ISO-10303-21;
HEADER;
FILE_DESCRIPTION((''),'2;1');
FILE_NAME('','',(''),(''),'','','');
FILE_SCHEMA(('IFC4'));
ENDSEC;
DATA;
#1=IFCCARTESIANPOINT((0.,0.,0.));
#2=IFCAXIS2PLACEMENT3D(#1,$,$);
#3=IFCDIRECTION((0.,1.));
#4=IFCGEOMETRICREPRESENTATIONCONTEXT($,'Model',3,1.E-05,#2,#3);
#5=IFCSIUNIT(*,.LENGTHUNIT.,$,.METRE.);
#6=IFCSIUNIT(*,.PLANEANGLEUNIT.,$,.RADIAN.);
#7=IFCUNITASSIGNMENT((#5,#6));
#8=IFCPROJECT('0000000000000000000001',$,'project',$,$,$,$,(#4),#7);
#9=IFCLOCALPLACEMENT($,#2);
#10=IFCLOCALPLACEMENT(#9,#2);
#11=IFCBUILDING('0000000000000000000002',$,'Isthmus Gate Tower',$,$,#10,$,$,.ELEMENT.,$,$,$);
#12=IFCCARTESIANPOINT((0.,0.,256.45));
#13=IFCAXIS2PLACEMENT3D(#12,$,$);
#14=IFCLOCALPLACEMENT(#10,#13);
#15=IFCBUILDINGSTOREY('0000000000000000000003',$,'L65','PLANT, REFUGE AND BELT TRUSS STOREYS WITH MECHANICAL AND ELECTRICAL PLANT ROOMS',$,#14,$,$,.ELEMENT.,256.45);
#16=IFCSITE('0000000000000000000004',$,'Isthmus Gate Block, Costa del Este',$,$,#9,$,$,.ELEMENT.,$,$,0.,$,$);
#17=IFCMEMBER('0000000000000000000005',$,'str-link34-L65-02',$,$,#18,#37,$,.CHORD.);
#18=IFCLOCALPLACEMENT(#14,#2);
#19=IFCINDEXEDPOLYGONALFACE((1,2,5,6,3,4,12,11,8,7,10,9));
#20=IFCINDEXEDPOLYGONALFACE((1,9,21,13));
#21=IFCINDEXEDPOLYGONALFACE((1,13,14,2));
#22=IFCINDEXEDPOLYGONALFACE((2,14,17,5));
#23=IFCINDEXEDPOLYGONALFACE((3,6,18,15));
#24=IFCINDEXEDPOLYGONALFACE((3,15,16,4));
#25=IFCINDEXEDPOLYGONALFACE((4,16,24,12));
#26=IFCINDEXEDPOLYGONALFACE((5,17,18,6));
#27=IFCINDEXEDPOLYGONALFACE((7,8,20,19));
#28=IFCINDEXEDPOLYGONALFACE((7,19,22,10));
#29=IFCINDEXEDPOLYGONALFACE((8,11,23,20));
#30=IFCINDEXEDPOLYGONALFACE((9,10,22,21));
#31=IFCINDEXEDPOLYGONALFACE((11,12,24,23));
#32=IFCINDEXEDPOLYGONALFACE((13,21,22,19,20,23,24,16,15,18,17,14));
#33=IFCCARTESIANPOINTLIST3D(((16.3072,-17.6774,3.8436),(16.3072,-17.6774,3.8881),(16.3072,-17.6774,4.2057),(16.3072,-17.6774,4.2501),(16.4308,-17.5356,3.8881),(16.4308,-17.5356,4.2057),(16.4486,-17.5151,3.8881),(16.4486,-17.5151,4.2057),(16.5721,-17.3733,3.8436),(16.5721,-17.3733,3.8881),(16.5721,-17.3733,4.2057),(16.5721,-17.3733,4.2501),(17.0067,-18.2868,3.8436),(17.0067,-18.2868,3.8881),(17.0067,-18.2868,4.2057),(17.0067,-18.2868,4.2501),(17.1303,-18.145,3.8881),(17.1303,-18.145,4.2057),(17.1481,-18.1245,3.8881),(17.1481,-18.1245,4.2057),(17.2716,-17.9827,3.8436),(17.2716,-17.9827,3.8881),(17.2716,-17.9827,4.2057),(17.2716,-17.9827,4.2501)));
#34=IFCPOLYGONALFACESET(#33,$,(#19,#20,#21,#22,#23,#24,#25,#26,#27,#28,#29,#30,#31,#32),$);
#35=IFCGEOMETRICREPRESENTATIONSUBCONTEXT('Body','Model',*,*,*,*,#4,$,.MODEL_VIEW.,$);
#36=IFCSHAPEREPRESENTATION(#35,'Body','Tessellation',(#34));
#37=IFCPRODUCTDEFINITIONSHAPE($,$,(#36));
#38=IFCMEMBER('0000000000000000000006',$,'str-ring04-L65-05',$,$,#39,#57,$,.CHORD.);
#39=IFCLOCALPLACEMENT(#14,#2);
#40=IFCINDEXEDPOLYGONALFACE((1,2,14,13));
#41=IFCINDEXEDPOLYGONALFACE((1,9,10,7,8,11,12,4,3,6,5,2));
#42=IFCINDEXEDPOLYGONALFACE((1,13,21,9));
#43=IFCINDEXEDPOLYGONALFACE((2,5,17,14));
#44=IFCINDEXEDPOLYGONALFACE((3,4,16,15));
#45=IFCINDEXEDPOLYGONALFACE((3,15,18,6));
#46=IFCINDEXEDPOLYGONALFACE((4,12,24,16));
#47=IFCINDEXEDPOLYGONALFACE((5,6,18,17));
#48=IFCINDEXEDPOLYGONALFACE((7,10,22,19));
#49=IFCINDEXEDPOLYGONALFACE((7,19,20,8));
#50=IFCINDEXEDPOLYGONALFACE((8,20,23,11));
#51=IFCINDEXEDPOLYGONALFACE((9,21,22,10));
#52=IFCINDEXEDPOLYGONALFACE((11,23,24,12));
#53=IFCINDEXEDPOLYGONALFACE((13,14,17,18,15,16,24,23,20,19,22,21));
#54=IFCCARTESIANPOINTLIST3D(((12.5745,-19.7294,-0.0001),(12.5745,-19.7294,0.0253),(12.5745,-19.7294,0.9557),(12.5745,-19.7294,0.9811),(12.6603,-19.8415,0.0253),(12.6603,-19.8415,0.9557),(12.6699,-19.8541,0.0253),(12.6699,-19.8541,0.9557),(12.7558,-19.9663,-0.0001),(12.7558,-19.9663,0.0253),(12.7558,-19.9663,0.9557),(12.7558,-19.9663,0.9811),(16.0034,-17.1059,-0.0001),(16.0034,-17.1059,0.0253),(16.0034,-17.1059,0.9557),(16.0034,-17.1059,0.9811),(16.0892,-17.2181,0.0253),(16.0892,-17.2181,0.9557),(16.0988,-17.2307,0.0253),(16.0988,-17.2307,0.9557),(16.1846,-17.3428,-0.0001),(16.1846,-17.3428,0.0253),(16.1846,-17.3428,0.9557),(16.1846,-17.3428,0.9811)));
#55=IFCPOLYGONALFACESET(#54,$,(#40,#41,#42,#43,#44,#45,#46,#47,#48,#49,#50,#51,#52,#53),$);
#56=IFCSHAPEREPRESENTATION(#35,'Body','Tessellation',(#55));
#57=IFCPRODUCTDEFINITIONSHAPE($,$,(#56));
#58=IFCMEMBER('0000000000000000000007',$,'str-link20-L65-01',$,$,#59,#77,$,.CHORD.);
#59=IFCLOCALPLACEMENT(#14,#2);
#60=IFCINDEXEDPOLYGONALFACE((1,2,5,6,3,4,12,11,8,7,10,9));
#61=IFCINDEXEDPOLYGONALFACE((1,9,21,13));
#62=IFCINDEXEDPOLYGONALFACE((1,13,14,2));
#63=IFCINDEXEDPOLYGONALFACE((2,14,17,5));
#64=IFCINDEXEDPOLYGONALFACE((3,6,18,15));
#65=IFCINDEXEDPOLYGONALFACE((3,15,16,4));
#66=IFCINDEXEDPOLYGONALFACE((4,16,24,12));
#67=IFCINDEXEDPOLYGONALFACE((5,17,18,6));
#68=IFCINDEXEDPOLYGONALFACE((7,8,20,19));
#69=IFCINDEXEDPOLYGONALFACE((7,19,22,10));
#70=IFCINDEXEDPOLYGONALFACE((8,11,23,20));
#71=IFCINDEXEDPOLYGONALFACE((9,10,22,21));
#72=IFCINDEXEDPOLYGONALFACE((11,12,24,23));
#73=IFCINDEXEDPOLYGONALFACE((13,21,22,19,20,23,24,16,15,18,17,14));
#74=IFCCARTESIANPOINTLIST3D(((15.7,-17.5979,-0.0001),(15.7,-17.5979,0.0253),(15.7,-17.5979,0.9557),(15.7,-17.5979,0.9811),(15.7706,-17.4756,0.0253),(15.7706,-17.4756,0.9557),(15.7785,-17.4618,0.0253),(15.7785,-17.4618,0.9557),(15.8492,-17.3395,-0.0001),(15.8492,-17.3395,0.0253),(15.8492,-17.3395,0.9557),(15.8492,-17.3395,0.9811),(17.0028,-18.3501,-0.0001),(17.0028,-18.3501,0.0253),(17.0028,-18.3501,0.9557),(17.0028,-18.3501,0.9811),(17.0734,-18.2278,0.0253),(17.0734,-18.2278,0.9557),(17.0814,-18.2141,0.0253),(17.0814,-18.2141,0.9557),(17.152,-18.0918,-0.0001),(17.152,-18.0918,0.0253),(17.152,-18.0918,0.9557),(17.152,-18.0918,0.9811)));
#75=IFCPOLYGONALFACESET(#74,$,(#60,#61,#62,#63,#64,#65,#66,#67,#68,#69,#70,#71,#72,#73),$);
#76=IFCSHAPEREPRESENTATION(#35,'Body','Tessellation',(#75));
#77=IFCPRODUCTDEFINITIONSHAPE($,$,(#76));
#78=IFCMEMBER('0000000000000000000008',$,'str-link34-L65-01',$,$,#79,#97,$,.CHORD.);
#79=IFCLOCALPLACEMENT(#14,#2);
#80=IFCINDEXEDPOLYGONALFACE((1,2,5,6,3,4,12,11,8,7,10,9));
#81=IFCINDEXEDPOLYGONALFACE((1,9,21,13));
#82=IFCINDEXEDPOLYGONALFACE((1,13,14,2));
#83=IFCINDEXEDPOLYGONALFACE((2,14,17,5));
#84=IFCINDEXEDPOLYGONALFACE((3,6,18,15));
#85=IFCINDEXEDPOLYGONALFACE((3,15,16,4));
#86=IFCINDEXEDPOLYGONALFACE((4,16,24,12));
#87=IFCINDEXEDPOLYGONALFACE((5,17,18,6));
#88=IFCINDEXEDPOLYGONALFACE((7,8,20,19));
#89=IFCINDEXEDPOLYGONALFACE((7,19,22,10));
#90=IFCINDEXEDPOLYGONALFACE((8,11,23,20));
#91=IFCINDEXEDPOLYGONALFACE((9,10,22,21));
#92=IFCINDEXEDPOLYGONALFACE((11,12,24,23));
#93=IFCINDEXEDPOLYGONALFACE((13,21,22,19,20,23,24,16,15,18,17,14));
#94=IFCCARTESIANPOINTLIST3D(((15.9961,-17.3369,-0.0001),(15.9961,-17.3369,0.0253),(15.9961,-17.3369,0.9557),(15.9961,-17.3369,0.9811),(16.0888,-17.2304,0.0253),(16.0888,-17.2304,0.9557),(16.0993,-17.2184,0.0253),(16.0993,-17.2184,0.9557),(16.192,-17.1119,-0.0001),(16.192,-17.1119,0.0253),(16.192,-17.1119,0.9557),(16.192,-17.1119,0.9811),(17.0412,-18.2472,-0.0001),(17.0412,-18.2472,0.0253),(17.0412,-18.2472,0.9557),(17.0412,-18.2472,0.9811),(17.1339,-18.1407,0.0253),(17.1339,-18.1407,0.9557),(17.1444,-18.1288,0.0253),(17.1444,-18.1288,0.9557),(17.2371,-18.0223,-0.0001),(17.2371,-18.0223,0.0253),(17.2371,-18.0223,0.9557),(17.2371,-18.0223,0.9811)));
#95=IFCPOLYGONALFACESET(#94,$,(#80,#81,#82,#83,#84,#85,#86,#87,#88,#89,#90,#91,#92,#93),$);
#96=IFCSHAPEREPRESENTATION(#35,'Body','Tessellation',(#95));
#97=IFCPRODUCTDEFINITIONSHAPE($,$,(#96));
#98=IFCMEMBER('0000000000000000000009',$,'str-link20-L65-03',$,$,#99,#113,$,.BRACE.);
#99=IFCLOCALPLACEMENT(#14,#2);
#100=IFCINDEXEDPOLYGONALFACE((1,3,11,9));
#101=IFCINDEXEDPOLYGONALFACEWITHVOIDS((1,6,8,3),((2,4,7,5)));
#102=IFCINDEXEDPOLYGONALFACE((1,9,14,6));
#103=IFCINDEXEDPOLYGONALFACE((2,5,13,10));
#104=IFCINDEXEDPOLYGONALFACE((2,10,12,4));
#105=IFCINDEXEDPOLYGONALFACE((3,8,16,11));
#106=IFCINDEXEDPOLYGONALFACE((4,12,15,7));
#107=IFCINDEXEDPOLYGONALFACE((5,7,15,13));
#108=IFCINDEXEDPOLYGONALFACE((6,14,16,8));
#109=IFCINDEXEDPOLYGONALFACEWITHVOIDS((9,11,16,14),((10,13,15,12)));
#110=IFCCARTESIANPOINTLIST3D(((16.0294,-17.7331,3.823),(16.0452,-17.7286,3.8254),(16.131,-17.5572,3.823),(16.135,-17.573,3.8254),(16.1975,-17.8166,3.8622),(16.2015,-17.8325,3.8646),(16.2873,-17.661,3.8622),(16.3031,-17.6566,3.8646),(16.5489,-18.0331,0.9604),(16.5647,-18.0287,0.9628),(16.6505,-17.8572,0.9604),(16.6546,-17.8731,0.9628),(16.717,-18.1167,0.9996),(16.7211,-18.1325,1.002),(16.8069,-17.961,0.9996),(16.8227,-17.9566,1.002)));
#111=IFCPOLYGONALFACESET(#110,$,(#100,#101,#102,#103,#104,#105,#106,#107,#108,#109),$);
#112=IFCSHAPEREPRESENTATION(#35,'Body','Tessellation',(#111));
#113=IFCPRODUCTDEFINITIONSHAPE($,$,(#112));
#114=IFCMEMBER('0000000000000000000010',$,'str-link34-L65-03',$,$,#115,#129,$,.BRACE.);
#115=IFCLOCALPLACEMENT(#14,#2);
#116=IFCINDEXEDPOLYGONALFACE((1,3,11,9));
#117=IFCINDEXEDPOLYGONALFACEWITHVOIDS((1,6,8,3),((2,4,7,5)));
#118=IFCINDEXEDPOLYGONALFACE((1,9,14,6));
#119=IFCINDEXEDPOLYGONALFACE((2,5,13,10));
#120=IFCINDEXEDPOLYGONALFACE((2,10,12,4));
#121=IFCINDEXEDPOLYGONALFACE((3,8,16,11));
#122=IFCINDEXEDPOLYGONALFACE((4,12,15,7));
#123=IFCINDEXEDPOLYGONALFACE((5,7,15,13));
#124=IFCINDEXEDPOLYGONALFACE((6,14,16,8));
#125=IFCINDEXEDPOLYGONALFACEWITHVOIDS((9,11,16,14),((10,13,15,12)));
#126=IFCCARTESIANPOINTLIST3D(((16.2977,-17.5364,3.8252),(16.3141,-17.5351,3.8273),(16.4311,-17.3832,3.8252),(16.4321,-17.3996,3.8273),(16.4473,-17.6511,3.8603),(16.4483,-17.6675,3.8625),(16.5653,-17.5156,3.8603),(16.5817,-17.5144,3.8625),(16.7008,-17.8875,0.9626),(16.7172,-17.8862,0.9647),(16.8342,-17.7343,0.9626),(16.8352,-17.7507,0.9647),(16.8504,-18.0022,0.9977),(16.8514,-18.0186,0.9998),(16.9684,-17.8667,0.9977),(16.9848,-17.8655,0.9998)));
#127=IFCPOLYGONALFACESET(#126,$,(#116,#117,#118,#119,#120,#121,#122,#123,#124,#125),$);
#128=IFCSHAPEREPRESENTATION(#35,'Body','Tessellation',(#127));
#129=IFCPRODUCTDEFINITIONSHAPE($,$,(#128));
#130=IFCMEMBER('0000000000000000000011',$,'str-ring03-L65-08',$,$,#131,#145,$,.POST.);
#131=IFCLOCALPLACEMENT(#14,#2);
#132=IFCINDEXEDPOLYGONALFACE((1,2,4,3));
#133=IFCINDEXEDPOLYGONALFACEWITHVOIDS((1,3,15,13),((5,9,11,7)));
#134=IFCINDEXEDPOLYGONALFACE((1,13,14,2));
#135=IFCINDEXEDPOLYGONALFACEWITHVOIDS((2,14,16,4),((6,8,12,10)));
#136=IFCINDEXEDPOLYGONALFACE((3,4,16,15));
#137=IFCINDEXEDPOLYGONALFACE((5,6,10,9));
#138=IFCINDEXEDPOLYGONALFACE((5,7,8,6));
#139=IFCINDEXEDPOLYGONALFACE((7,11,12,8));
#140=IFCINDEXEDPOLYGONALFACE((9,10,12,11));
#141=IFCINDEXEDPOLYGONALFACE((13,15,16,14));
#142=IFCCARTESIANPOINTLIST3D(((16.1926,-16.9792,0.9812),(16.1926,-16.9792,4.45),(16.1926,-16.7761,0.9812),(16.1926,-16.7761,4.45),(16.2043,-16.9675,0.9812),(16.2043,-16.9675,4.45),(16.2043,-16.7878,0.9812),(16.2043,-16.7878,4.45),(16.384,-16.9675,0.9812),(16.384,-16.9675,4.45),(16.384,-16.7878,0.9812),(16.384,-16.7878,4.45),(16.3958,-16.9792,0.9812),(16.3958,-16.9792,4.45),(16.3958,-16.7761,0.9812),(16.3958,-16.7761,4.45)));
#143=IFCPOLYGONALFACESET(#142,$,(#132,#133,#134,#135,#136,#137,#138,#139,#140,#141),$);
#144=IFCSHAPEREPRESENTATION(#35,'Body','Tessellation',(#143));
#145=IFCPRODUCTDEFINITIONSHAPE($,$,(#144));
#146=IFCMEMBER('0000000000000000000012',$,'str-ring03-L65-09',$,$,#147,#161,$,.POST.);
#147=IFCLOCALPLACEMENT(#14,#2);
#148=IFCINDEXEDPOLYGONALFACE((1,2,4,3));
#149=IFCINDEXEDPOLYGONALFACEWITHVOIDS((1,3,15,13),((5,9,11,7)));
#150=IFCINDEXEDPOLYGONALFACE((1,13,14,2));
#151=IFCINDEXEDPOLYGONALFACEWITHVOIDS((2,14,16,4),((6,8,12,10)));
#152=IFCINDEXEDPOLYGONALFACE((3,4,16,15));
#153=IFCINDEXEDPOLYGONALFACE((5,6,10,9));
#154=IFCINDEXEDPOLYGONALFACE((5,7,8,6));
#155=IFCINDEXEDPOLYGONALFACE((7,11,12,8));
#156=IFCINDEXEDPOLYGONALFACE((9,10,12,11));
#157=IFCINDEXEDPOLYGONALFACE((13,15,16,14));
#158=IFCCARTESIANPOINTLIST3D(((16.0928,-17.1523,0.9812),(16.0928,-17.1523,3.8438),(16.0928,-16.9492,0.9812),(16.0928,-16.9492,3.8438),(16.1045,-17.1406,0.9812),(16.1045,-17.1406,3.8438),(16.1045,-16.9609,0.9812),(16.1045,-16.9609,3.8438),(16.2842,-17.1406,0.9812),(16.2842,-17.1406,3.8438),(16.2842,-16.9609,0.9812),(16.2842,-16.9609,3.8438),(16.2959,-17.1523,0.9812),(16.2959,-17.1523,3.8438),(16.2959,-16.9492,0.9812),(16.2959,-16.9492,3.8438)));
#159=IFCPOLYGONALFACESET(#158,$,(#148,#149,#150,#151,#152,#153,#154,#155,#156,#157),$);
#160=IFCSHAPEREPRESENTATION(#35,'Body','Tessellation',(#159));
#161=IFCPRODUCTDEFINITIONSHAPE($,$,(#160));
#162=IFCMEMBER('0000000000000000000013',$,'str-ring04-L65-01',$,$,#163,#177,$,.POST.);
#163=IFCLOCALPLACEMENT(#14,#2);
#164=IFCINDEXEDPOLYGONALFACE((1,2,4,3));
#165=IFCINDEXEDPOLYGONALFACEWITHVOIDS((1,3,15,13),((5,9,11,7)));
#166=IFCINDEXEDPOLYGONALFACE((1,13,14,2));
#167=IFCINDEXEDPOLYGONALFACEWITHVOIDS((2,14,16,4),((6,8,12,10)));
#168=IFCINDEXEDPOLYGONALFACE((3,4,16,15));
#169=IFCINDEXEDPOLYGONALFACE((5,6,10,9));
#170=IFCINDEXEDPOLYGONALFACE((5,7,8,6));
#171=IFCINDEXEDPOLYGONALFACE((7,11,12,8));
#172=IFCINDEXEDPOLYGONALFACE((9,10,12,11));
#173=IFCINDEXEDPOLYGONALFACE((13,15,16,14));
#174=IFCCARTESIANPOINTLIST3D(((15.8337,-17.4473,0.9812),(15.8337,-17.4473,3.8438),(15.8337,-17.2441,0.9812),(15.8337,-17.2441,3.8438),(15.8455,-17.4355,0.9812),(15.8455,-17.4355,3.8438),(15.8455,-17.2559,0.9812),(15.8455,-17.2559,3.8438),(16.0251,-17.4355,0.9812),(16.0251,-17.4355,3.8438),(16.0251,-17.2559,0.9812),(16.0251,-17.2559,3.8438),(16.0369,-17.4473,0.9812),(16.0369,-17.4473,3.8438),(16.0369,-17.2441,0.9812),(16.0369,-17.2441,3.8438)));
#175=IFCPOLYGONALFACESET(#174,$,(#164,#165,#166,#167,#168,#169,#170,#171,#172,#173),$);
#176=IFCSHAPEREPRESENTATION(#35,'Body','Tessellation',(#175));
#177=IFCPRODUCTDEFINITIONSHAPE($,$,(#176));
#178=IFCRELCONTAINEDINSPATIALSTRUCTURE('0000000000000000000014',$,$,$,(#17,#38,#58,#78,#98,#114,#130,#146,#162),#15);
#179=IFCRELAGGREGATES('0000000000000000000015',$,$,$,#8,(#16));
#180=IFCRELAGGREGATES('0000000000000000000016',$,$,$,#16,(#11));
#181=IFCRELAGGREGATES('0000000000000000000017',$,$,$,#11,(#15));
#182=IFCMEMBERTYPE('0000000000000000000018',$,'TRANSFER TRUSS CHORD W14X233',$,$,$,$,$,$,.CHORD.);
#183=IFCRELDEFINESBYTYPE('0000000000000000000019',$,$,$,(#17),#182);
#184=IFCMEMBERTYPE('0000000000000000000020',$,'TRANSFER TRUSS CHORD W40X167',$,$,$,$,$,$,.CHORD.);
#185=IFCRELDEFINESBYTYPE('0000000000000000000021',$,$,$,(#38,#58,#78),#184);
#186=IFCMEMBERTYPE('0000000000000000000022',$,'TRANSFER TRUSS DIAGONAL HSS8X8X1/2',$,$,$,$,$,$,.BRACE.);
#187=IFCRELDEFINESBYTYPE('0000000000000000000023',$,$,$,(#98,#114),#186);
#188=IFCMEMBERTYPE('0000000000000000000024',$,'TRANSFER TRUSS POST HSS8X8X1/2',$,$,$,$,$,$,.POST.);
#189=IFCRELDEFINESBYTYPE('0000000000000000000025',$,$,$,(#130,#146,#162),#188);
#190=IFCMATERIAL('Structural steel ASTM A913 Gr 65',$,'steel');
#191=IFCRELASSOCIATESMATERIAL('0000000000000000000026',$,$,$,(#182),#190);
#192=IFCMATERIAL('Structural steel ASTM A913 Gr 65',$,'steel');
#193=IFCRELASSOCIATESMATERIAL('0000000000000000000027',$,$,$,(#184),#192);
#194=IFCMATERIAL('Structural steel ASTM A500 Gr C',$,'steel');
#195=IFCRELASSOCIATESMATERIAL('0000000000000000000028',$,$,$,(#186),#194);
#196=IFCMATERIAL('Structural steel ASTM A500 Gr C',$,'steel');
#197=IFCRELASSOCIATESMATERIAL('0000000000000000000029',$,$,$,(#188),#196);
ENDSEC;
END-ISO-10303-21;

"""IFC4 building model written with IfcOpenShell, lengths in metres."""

from ifc_helpers import new_model, si_unit, direction, frame, origin, origin_2d, place, context, subcontext, project, spatial, hollow_rectangle, i_section, extrude, material, material_profile, profile_set, type_object, element, save


model = new_model("IFC4")

# Units and contexts
model_context = context("Model", 3, precision=1e-05, world=origin(), true_north=direction((0.0, 1.0)))
body_context = subcontext(model_context, "Body", "Model", "MODEL_VIEW")
ifc_project = project(units=[si_unit("LENGTHUNIT", "METRE"), si_unit("PLANEANGLEUNIT", "RADIAN")], contexts=[model_context])

# Site, building, storey
site_placement = place(None, origin())
site = spatial("IfcSite", under=ifc_project, at=site_placement, Name="Isthmus Gate Block, Costa del Este", CompositionType="ELEMENT", RefElevation=0.0)
building_placement = place(site_placement, origin())
building = spatial("IfcBuilding", under=site, at=building_placement, Name="Isthmus Gate Tower", CompositionType="ELEMENT")
storey_placement = place(building_placement, frame((0.0, 0.0, 256.45)))
storey = spatial("IfcBuildingStorey", under=building, at=storey_placement, Name="L65", Description="PLANT, REFUGE AND BELT TRUSS STOREYS WITH MECHANICAL AND ELECTRICAL PLANT ROOMS", CompositionType="ELEMENT", Elevation=256.45)

# Members
ifc_material_1 = material(Name="Structural steel ASTM A913 Gr 65", Category="steel")
ifc_material_profile_1 = material_profile(ifc_material_1, i_section(OverallWidth=0.4033, OverallDepth=0.4065, WebThickness=0.0271, FlangeThickness=0.0444, at=origin_2d()), Name="W14X233")
ifc_profile_set_1 = profile_set([ifc_material_profile_1], Name="Structural steel ASTM A913 Gr 65")
member_type_1 = type_object("IfcMemberType", Name="TRANSFER TRUSS CHORD W14X233", PredefinedType="CHORD", material=ifc_profile_set_1)
member_1_placement = place(storey_placement, frame((17.1392, -18.1348, 4.0469), z_axis=(-0.753993, 0.656882, 0.0), x_axis=(-0.656882, -0.753993, 0.0)))
element("IfcMember", 1, at=member_1_placement, inside=storey, type_object=member_type_1, Name="str-link34-L65-02", PredefinedType="CHORD", context=body_context, shape_type="SweptSolid", body=[
    extrude(i_section(OverallWidth=0.4033, OverallDepth=0.4065, WebThickness=0.0271, FlangeThickness=0.0444, at=origin_2d()), origin(), (0.0, 0.0, 1.0), 0.9277),
])
ifc_material_2 = material(Name="Structural steel ASTM A913 Gr 65", Category="steel")
ifc_material_profile_2 = material_profile(ifc_material_2, i_section(OverallWidth=0.2983, OverallDepth=0.9812, WebThickness=0.0159, FlangeThickness=0.0254, at=origin_2d()), Name="W40X167")
ifc_profile_set_2 = profile_set([ifc_material_profile_2], Name="Structural steel ASTM A913 Gr 65")
member_type_2 = type_object("IfcMemberType", Name="TRANSFER TRUSS CHORD W40X167", PredefinedType="CHORD", material=ifc_profile_set_2)
member_2_placement = place(storey_placement, frame((16.094, -17.2244, 0.4905), z_axis=(-0.794202, -0.607654, 0.0), x_axis=(0.607654, -0.794202, 0.0)))
element("IfcMember", 2, at=member_2_placement, inside=storey, type_object=member_type_2, Name="str-ring04-L65-05", PredefinedType="CHORD", context=body_context, shape_type="SweptSolid", body=[
    extrude(i_section(OverallWidth=0.2983, OverallDepth=0.9812, WebThickness=0.0159, FlangeThickness=0.0254, at=origin_2d()), origin(), (0.0, 0.0, 1.0), 4.3174),
])
member_3_placement = place(storey_placement, frame((17.0774, -18.2209, 0.4905), z_axis=(-0.866007, 0.500032, 0.0), x_axis=(-0.500032, -0.866007, 0.0)))
element("IfcMember", 3, at=member_3_placement, inside=storey, type_object=member_type_2, Name="str-link20-L65-01", PredefinedType="CHORD", context=body_context, shape_type="SweptSolid", body=[
    extrude(i_section(OverallWidth=0.2983, OverallDepth=0.9812, WebThickness=0.0159, FlangeThickness=0.0254, at=origin_2d()), origin(), (0.0, 0.0, 1.0), 1.5044),
])
member_4_placement = place(storey_placement, frame((17.1392, -18.1348, 0.4905), z_axis=(-0.754048, 0.65682, 0.0), x_axis=(-0.65682, -0.754048, 0.0)))
element("IfcMember", 4, at=member_4_placement, inside=storey, type_object=member_type_2, Name="str-link34-L65-01", PredefinedType="CHORD", context=body_context, shape_type="SweptSolid", body=[
    extrude(i_section(OverallWidth=0.2983, OverallDepth=0.9812, WebThickness=0.0159, FlangeThickness=0.0254, at=origin_2d()), origin(), (0.0, 0.0, 1.0), 1.386),
])
ifc_material_3 = material(Name="Structural steel ASTM A500 Gr C", Category="steel")
ifc_material_profile_3 = material_profile(ifc_material_3, hollow_rectangle(XDim=0.2031, YDim=0.2031, WallThickness=0.0117, at=origin_2d()), Name="HSS8X8X1/2")
ifc_profile_set_3 = profile_set([ifc_material_profile_3], Name="Structural steel ASTM A500 Gr C")
member_type_3 = type_object("IfcMemberType", Name="TRANSFER TRUSS DIAGONAL HSS8X8X1/2", PredefinedType="BRACE", material=ifc_profile_set_3)
member_5_placement = place(storey_placement, frame((16.6858, -17.9949, 0.9812), z_axis=(-0.177633, 0.10259, 0.978735), x_axis=(-0.500122, -0.865955, 0.0)))
element("IfcMember", 5, at=member_5_placement, inside=storey, type_object=member_type_3, Name="str-link20-L65-03", PredefinedType="BRACE", context=body_context, shape_type="SweptSolid", body=[
    extrude(hollow_rectangle(XDim=0.2031, YDim=0.2031, WallThickness=0.0117, at=origin_2d()), origin(), (0.0, 0.0, 1.0), 2.9248),
])
member_6_placement = place(storey_placement, frame((16.8428, -17.8765, 0.9812), z_axis=(-0.138418, 0.12056, 0.983009), x_axis=(-0.656789, -0.754074, 0.0)))
element("IfcMember", 6, at=member_6_placement, inside=storey, type_object=member_type_3, Name="str-link34-L65-03", PredefinedType="BRACE", context=body_context, shape_type="SweptSolid", body=[
    extrude(hollow_rectangle(XDim=0.2031, YDim=0.2031, WallThickness=0.0117, at=origin_2d()), origin(), (0.0, 0.0, 1.0), 2.9121),
])
ifc_material_4 = material(Name="Structural steel ASTM A500 Gr C", Category="steel")
ifc_material_profile_4 = material_profile(ifc_material_4, hollow_rectangle(XDim=0.2031, YDim=0.2031, WallThickness=0.0117, at=origin_2d()), Name="HSS8X8X1/2")
ifc_profile_set_4 = profile_set([ifc_material_profile_4], Name="Structural steel ASTM A500 Gr C")
member_type_4 = type_object("IfcMemberType", Name="TRANSFER TRUSS POST HSS8X8X1/2", PredefinedType="POST", material=ifc_profile_set_4)
member_7_placement = place(storey_placement, frame((16.2942, -16.8777, 0.9812), z_axis=(0.0, 0.0, 1.0), x_axis=(1.0, 0.0, 0.0)))
element("IfcMember", 7, at=member_7_placement, inside=storey, type_object=member_type_4, Name="str-ring03-L65-08", PredefinedType="POST", context=body_context, shape_type="SweptSolid", body=[
    extrude(hollow_rectangle(XDim=0.2031, YDim=0.2031, WallThickness=0.0117, at=origin_2d()), origin(), (0.0, 0.0, 1.0), 3.4688),
])
for number, where, z_axis, x_axis, name in (
    (8, (16.1943, -17.0508, 0.9812), (0.0, 0.0, 1.0), (1.0, 0.0, 0.0), "str-ring03-L65-09"),
    (9, (15.9353, -17.3457, 0.9812), (0.0, 0.0, 1.0), (1.0, 0.0, 0.0), "str-ring04-L65-01"),
):
    element("IfcMember", number, at=place(storey_placement, frame(where, z_axis=z_axis, x_axis=x_axis)), inside=storey, type_object=member_type_4, Name=name, PredefinedType="POST", context=body_context, shape_type="SweptSolid", body=[
        extrude(hollow_rectangle(XDim=0.2031, YDim=0.2031, WallThickness=0.0117, at=origin_2d()), origin(), (0.0, 0.0, 1.0), 2.8625),
    ])

save(model, "model.ifc")
